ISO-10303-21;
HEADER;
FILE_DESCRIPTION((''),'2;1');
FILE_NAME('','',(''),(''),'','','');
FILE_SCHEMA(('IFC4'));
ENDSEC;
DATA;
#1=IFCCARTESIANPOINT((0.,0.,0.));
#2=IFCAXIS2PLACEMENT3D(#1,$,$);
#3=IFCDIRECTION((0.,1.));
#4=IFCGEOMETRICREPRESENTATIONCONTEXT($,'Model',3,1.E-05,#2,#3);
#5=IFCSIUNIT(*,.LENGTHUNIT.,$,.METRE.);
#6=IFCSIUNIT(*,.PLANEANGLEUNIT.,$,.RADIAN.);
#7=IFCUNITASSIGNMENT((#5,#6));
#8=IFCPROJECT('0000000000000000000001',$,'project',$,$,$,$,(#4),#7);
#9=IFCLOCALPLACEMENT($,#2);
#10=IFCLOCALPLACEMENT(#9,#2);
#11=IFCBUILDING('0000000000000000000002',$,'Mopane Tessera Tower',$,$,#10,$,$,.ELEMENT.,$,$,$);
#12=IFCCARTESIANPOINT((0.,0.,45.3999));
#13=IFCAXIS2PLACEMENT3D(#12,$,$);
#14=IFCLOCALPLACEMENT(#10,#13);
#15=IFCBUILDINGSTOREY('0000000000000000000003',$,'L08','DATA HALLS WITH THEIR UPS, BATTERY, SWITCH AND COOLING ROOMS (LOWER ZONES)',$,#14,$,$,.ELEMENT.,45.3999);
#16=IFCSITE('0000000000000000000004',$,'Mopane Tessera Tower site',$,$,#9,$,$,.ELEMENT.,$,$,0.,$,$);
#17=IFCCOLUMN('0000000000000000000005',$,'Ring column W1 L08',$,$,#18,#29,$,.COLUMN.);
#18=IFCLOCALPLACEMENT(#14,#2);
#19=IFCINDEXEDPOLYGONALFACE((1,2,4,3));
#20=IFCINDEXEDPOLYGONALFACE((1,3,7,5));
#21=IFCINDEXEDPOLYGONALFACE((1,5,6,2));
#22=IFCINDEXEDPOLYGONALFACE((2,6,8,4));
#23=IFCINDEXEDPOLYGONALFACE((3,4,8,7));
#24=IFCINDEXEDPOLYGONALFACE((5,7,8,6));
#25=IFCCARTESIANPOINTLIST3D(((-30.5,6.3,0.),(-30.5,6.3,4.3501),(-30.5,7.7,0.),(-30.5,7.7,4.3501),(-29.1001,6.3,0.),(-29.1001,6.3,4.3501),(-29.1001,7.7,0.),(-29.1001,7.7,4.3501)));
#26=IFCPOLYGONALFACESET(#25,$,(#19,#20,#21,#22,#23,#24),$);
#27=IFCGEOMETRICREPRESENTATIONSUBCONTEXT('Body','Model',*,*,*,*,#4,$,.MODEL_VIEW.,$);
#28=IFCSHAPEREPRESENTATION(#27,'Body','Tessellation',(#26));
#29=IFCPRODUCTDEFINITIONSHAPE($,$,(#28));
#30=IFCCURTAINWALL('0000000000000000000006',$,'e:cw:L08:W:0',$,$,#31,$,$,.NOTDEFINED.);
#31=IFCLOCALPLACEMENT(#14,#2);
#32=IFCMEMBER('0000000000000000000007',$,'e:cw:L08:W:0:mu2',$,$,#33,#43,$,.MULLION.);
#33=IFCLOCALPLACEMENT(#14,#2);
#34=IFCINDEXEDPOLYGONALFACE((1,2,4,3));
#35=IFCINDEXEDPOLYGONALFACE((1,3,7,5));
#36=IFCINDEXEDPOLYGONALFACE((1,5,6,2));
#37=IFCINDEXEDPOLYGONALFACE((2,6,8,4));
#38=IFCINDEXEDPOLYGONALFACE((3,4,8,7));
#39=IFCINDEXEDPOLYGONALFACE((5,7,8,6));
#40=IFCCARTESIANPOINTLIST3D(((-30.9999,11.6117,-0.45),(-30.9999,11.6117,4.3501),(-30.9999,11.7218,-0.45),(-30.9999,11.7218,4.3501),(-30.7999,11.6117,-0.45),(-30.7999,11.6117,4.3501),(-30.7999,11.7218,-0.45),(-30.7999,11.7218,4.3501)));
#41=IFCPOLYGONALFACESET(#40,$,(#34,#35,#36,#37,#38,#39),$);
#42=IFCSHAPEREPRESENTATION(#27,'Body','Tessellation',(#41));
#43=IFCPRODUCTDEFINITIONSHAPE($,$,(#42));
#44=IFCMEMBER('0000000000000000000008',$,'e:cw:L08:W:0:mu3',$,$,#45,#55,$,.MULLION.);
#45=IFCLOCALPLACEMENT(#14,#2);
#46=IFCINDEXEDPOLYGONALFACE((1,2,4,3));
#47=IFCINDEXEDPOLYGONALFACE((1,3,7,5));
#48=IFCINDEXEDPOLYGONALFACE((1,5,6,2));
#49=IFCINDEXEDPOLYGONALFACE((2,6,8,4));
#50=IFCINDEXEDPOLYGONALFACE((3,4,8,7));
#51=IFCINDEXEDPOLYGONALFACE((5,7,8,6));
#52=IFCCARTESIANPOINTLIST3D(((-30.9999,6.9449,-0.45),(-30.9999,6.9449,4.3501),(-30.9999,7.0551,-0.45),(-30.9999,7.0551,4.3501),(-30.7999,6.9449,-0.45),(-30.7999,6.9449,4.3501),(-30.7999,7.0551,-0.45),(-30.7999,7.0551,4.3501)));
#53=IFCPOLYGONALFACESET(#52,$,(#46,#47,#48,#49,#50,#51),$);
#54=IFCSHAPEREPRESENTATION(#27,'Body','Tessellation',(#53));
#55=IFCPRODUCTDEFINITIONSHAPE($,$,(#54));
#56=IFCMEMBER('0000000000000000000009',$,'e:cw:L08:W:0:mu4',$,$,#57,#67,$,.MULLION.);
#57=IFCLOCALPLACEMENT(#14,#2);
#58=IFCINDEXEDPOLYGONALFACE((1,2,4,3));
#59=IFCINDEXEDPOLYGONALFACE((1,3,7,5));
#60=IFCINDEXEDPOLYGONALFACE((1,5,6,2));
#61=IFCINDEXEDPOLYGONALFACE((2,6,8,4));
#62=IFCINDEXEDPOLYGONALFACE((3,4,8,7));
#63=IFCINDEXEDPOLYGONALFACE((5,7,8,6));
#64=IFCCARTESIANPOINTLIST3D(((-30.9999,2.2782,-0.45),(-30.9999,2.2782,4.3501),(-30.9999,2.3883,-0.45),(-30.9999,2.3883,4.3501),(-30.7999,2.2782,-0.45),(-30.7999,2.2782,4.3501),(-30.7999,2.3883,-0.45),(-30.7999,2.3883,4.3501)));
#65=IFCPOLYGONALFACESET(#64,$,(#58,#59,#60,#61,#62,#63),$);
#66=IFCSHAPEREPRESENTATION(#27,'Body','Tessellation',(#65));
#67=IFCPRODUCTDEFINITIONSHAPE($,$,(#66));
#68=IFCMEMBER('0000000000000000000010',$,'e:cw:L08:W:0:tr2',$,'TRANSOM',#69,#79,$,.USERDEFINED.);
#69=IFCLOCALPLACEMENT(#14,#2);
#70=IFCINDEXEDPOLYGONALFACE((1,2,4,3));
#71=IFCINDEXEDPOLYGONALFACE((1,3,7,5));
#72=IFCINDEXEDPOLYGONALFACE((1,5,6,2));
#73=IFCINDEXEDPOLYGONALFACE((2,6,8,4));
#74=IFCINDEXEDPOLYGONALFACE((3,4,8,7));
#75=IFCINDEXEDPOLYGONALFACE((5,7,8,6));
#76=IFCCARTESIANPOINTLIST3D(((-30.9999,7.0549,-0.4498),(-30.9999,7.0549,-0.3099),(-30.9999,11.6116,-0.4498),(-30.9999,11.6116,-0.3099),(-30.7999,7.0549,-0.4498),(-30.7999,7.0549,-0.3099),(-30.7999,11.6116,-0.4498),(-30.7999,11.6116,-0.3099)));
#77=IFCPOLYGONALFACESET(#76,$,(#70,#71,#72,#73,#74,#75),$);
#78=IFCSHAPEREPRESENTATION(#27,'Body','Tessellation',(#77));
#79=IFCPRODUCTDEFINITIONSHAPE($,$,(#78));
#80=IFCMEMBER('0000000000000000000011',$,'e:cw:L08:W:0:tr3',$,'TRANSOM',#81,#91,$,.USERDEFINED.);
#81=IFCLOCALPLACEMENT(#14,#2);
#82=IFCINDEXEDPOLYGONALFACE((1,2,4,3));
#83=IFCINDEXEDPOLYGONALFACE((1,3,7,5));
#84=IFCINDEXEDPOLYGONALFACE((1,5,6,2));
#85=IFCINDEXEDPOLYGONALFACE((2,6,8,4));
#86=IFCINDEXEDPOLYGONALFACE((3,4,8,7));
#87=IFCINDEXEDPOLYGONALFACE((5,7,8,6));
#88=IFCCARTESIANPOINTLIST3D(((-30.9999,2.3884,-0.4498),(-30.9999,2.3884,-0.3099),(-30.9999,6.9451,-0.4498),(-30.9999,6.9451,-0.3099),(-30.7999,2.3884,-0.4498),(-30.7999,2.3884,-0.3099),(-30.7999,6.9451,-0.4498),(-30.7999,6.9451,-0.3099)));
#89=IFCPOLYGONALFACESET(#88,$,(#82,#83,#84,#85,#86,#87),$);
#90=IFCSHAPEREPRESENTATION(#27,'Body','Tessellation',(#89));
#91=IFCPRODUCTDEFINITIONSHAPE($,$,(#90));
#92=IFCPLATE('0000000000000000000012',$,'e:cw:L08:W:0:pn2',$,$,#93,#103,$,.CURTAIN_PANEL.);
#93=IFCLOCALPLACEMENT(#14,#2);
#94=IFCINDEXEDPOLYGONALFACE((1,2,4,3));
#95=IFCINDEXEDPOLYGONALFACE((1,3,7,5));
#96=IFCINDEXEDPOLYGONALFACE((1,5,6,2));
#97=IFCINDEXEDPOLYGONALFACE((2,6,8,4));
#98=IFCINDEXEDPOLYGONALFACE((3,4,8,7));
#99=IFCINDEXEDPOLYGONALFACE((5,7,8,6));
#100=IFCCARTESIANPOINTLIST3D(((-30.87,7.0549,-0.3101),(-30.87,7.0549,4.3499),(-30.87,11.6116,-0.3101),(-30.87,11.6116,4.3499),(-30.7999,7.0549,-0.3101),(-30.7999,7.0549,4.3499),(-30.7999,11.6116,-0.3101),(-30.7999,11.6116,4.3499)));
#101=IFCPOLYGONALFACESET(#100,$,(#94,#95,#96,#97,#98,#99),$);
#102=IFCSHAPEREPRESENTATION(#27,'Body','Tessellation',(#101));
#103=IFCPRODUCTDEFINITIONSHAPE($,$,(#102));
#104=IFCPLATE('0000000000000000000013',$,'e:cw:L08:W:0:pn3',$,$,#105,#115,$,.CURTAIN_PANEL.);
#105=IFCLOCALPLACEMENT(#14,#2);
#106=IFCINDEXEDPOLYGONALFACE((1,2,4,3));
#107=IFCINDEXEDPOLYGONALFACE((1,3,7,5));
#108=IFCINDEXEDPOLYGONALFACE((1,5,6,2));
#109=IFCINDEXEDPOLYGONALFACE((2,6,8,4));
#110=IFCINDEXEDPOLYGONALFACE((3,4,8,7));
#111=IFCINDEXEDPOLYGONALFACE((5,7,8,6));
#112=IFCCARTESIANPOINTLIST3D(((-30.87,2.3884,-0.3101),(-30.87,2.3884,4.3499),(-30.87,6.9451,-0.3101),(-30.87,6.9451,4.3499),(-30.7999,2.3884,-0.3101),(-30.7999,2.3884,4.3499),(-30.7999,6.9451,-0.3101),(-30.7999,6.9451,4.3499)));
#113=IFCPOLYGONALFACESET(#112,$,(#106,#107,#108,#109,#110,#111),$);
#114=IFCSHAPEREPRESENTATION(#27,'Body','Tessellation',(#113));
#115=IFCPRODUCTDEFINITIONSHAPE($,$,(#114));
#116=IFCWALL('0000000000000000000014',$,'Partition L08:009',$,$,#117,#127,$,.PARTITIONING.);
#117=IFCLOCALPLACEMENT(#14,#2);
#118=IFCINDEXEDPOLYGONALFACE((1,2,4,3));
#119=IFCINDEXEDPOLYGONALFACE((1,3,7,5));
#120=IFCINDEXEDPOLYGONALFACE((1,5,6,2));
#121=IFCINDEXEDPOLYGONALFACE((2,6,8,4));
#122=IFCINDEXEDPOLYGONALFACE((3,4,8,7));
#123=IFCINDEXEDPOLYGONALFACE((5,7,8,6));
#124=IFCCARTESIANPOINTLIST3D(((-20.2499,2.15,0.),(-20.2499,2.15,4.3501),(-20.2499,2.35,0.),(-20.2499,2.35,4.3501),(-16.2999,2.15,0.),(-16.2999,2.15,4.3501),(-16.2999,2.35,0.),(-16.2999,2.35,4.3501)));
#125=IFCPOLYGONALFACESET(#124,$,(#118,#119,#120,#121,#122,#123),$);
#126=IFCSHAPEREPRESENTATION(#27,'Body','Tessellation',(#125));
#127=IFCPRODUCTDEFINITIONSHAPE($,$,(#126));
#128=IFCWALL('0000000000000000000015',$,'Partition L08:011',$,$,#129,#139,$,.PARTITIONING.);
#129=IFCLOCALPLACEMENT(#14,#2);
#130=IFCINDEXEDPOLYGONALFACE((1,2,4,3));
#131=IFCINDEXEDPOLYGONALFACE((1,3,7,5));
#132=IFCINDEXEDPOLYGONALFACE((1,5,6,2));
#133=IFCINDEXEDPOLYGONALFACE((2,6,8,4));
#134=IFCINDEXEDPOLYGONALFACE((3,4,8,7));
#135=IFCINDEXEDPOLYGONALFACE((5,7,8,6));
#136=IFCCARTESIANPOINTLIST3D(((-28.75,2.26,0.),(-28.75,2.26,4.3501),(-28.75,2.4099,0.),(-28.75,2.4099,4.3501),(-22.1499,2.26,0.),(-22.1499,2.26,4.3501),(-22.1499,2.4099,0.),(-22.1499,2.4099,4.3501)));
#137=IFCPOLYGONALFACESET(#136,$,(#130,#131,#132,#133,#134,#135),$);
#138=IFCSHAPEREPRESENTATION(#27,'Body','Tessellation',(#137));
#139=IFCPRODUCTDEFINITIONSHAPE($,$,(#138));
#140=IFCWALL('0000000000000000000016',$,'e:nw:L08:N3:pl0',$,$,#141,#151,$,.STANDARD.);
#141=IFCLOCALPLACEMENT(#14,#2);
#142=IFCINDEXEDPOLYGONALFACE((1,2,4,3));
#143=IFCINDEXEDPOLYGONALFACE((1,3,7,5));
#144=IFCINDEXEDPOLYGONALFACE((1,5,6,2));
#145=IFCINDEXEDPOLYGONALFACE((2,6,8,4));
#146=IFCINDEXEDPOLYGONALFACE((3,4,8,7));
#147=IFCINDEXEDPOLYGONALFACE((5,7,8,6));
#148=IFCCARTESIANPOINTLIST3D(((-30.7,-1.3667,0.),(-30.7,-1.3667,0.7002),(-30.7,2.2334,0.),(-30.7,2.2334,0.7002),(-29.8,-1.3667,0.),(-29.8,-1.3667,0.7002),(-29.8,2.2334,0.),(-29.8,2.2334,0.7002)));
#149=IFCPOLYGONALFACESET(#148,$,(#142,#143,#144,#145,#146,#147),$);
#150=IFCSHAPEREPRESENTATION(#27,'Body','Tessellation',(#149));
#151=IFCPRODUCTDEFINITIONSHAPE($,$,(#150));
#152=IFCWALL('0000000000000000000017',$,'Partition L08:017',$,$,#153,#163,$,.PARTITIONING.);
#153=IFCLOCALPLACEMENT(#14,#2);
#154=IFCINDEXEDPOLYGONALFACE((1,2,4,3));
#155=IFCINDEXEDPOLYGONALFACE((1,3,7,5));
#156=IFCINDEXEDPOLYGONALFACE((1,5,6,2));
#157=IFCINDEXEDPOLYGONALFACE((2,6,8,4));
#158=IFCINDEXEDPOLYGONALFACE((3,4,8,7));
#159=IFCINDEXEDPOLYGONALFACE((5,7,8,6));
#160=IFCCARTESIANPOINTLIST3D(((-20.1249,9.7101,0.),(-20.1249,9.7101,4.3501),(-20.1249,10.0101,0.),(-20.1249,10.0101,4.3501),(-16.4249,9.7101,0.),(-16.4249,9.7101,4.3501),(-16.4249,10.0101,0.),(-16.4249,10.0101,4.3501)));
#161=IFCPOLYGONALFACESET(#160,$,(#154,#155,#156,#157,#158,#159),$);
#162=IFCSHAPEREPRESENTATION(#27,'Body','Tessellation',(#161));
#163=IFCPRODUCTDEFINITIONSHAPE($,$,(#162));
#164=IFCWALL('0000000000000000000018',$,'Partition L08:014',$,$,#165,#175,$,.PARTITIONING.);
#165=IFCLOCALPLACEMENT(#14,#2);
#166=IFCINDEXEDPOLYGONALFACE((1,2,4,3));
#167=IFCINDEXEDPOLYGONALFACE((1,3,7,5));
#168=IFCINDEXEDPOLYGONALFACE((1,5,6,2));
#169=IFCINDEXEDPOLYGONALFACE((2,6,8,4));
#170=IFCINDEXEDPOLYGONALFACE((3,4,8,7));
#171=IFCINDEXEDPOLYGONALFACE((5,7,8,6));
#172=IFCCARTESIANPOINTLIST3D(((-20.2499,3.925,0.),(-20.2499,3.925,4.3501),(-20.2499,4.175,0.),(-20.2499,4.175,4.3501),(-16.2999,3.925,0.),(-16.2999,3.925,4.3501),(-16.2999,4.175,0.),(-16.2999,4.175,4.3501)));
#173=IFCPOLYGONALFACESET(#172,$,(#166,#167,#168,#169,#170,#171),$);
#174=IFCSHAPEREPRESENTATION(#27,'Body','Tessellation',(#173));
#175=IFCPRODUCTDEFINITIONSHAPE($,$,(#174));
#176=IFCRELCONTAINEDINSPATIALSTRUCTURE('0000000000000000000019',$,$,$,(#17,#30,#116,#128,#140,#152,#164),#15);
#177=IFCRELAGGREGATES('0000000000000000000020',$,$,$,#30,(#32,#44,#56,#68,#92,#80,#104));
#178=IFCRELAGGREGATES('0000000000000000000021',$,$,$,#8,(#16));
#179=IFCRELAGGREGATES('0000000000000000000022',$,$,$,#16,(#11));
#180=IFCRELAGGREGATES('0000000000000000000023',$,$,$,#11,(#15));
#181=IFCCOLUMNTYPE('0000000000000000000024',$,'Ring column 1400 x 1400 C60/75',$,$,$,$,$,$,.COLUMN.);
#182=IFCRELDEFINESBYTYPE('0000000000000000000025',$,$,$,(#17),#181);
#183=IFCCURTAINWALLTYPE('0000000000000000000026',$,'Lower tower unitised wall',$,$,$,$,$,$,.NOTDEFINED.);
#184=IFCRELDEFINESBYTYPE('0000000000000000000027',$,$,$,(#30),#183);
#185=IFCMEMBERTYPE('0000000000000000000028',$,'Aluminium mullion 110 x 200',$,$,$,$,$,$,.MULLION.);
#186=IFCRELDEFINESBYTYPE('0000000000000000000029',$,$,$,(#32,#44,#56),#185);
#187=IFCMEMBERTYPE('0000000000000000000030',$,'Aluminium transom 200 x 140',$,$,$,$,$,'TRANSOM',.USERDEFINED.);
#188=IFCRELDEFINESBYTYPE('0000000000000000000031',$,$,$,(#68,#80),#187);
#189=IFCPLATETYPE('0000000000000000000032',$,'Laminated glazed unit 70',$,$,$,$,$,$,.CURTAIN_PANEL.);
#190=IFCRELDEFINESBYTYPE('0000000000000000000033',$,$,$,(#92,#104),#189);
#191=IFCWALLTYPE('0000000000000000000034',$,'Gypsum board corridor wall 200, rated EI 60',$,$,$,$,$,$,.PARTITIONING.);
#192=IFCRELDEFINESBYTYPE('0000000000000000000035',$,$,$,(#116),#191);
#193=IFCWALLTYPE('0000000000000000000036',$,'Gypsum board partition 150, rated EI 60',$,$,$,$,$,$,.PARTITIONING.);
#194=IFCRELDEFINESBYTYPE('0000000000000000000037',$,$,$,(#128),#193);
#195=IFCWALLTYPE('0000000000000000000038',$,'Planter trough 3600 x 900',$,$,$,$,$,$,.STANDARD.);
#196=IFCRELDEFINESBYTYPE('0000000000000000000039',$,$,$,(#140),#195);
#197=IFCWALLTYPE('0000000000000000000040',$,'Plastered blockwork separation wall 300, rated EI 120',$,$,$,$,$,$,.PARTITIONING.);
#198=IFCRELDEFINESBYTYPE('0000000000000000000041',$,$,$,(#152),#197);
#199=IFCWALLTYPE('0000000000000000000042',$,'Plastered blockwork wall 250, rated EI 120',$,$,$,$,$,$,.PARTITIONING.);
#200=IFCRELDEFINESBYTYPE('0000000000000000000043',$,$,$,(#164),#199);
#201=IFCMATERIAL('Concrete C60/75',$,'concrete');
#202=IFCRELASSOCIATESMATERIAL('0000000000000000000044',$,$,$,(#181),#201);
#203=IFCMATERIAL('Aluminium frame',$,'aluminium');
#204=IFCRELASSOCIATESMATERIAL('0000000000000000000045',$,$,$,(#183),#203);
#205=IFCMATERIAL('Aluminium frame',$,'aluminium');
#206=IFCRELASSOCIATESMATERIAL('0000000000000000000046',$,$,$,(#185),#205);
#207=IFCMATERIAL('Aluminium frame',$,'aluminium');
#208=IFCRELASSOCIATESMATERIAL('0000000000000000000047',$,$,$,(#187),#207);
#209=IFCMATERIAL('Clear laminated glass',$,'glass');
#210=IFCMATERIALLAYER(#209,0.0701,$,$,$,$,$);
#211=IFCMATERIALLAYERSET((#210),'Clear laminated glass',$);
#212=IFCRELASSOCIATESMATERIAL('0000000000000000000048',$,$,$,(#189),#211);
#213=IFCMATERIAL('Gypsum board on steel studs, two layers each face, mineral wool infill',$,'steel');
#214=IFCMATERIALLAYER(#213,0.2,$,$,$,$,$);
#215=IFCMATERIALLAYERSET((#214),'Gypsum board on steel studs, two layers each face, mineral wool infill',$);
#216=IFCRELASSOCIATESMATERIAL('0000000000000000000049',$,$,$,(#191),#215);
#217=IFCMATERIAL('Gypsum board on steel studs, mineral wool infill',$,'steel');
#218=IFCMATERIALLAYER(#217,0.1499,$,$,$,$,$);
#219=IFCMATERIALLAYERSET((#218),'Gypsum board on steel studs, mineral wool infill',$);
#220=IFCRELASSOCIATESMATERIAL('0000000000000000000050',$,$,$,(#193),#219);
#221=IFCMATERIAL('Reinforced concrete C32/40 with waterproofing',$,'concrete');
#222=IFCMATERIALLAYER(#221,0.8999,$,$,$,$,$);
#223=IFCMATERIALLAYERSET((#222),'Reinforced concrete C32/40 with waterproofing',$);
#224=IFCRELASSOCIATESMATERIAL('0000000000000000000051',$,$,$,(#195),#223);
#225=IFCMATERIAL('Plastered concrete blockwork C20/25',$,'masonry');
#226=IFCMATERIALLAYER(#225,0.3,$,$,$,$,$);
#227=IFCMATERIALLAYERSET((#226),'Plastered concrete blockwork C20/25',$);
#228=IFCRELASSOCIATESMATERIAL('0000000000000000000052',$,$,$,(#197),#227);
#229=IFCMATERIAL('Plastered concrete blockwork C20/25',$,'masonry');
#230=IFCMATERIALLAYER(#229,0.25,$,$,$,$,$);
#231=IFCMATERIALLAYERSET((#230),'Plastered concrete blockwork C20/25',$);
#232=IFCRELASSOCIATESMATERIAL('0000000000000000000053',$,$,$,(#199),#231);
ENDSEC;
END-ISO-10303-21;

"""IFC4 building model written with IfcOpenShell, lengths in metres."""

from ifc_helpers import new_model, si_unit, direction, frame, frame_2d, origin, origin_2d, place, context, subcontext, project, spatial, rectangle, extrude, material, layer, layer_set, material_profile, profile_set, type_object, element, aggregate, save


model = new_model("IFC4")

# Units and contexts
model_context = context("Model", 3, precision=1e-05, world=origin(), true_north=direction((0.0, 1.0)))
body_context = subcontext(model_context, "Body", "Model", "MODEL_VIEW")
ifc_project = project(units=[si_unit("LENGTHUNIT", "METRE"), si_unit("PLANEANGLEUNIT", "RADIAN")], contexts=[model_context])

# Site, building, storey
site_placement = place(None, origin())
site = spatial("IfcSite", under=ifc_project, at=site_placement, Name="Mopane Tessera Tower site", CompositionType="ELEMENT", RefElevation=0.0)
building_placement = place(site_placement, origin())
building = spatial("IfcBuilding", under=site, at=building_placement, Name="Mopane Tessera Tower", CompositionType="ELEMENT")
storey_placement = place(building_placement, frame((0.0, 0.0, 45.3999)))
storey = spatial("IfcBuildingStorey", under=building, at=storey_placement, Name="L08", Description="DATA HALLS WITH THEIR UPS, BATTERY, SWITCH AND COOLING ROOMS (LOWER ZONES)", CompositionType="ELEMENT", Elevation=45.3999)

# Column
ifc_material_1 = material(Name="Concrete C60/75", Category="concrete")
ifc_material_profile_1 = material_profile(ifc_material_1, rectangle(XDim=1.3999, YDim=1.3999, at=origin_2d()))
ifc_profile_set_1 = profile_set([ifc_material_profile_1], Name="Concrete C60/75")
column_type = type_object("IfcColumnType", Name="Ring column 1400 x 1400 C60/75", PredefinedType="COLUMN", material=ifc_profile_set_1)
column_placement = place(storey_placement, frame((-29.8, 7.0, 0.0), z_axis=(0.0, 0.0, 1.0), x_axis=(1.0, 0.0, 0.0)))
element("IfcColumn", 1, at=column_placement, inside=storey, type_object=column_type, Name="Ring column W1 L08", PredefinedType="COLUMN", context=body_context, shape_type="SweptSolid", body=[
    extrude(rectangle(XDim=1.3999, YDim=1.3999, at=origin_2d()), origin(), (0.0, 0.0, 1.0), 4.3501),
])

# Curtain wall, members, plates
ifc_material_2 = material(Name="Aluminium frame", Category="aluminium")
curtain_wall_type = type_object("IfcCurtainWallType", Name="Lower tower unitised wall", PredefinedType="NOTDEFINED", material=ifc_material_2)
curtain_wall_placement = place(storey_placement, origin())
curtain_wall = element("IfcCurtainWall", 2, at=curtain_wall_placement, inside=storey, type_object=curtain_wall_type, Name="e:cw:L08:W:0", PredefinedType="NOTDEFINED")
ifc_material_3 = material(Name="Aluminium frame", Category="aluminium")
ifc_material_profile_2 = material_profile(ifc_material_3, rectangle(XDim=0.1101, YDim=0.2, at=origin_2d()))
ifc_profile_set_2 = profile_set([ifc_material_profile_2], Name="Aluminium frame")
member_type_1 = type_object("IfcMemberType", Name="Aluminium mullion 110 x 200", PredefinedType="MULLION", material=ifc_profile_set_2)
member_1_placement = place(storey_placement, frame((-30.8999, 11.6667, -0.45), z_axis=(0.0, 0.0, 1.0), x_axis=(0.0, -1.0, 0.0)))
member_1 = element("IfcMember", 3, at=member_1_placement, type_object=member_type_1, Name="e:cw:L08:W:0:mu2", PredefinedType="MULLION", context=body_context, shape_type="SweptSolid", body=[
    extrude(rectangle(XDim=0.1101, YDim=0.2, at=origin_2d()), origin(), (0.0, 0.0, 1.0), 4.8),
])
member_2_placement = place(storey_placement, frame((-30.8999, 7.0, -0.45), z_axis=(0.0, 0.0, 1.0), x_axis=(0.0, -1.0, 0.0)))
member_2 = element("IfcMember", 4, at=member_2_placement, type_object=member_type_1, Name="e:cw:L08:W:0:mu3", PredefinedType="MULLION", context=body_context, shape_type="SweptSolid", body=[
    extrude(rectangle(XDim=0.1101, YDim=0.2, at=origin_2d()), origin(), (0.0, 0.0, 1.0), 4.8),
])
member_3_placement = place(storey_placement, frame((-30.8999, 2.3333, -0.45), z_axis=(0.0, 0.0, 1.0), x_axis=(0.0, -1.0, 0.0)))
member_3 = element("IfcMember", 5, at=member_3_placement, type_object=member_type_1, Name="e:cw:L08:W:0:mu4", PredefinedType="MULLION", context=body_context, shape_type="SweptSolid", body=[
    extrude(rectangle(XDim=0.1101, YDim=0.2, at=origin_2d()), origin(), (0.0, 0.0, 1.0), 4.8),
])
ifc_material_4 = material(Name="Aluminium frame", Category="aluminium")
ifc_material_profile_3 = material_profile(ifc_material_4, rectangle(XDim=0.2, YDim=0.1399, at=origin_2d()))
ifc_profile_set_3 = profile_set([ifc_material_profile_3], Name="Aluminium frame")
member_type_2 = type_object("IfcMemberType", Name="Aluminium transom 200 x 140", ElementType="TRANSOM", PredefinedType="USERDEFINED", material=ifc_profile_set_3)
member_4_placement = place(storey_placement, frame((-30.8999, 11.6116, -0.3799), z_axis=(0.0, -1.0, 0.0), x_axis=(1.0, 0.0, 0.0)))
member_4 = element("IfcMember", 6, at=member_4_placement, type_object=member_type_2, Name="e:cw:L08:W:0:tr2", ObjectType="TRANSOM", PredefinedType="USERDEFINED", context=body_context, shape_type="SweptSolid", body=[
    extrude(rectangle(XDim=0.2, YDim=0.1399, at=origin_2d()), origin(), (0.0, 0.0, 1.0), 4.5566),
])
member_5_placement = place(storey_placement, frame((-30.8999, 6.9451, -0.3799), z_axis=(0.0, -1.0, 0.0), x_axis=(1.0, 0.0, 0.0)))
member_5 = element("IfcMember", 7, at=member_5_placement, type_object=member_type_2, Name="e:cw:L08:W:0:tr3", ObjectType="TRANSOM", PredefinedType="USERDEFINED", context=body_context, shape_type="SweptSolid", body=[
    extrude(rectangle(XDim=0.2, YDim=0.1399, at=origin_2d()), origin(), (0.0, 0.0, 1.0), 4.5566),
])
ifc_material_5 = material(Name="Clear laminated glass", Category="glass")
ifc_layer_1 = layer(ifc_material_5, 0.0701)
ifc_layer_set_1 = layer_set([ifc_layer_1], Name="Clear laminated glass")
plate_type = type_object("IfcPlateType", Name="Laminated glazed unit 70", PredefinedType="CURTAIN_PANEL", material=ifc_layer_set_1)
plate_1_placement = place(storey_placement, frame((-30.835, 9.3333, -0.3101), z_axis=(0.0, 0.0, 1.0), x_axis=(0.0, -1.0, 0.0)))
plate_1 = element("IfcPlate", 8, at=plate_1_placement, type_object=plate_type, Name="e:cw:L08:W:0:pn2", PredefinedType="CURTAIN_PANEL", context=body_context, shape_type="SweptSolid", body=[
    extrude(rectangle(XDim=4.5566, YDim=0.0701, at=origin_2d()), origin(), (0.0, 0.0, 1.0), 4.6599),
])
plate_2_placement = place(storey_placement, frame((-30.835, 4.6667, -0.3101), z_axis=(0.0, 0.0, 1.0), x_axis=(0.0, -1.0, 0.0)))
plate_2 = element("IfcPlate", 9, at=plate_2_placement, type_object=plate_type, Name="e:cw:L08:W:0:pn3", PredefinedType="CURTAIN_PANEL", context=body_context, shape_type="SweptSolid", body=[
    extrude(rectangle(XDim=4.5566, YDim=0.0701, at=origin_2d()), origin(), (0.0, 0.0, 1.0), 4.6599),
])
aggregate(curtain_wall, [member_1, member_2, member_3, member_4, plate_1, member_5, plate_2])

# Walls
ifc_material_6 = material(Name="Gypsum board on steel studs, two layers each face, mineral wool infill", Category="steel")
ifc_layer_2 = layer(ifc_material_6, 0.2)
ifc_layer_set_2 = layer_set([ifc_layer_2], Name="Gypsum board on steel studs, two layers each face, mineral wool infill")
wall_type_1 = type_object("IfcWallType", Name="Gypsum board corridor wall 200, rated EI 60", PredefinedType="PARTITIONING", material=ifc_layer_set_2)
wall_1_placement = place(storey_placement, frame((-20.25, 2.25, 0.0), z_axis=(0.0, 0.0, 1.0), x_axis=(1.0, 0.0, 0.0)))
element("IfcWall", 10, at=wall_1_placement, inside=storey, type_object=wall_type_1, Name="Partition L08:009", PredefinedType="PARTITIONING", context=body_context, shape_type="SweptSolid", body=[
    extrude(rectangle(XDim=3.95, YDim=0.2, at=frame_2d((1.9751, 0.0))), origin(), (0.0, 0.0, 1.0), 4.3501),
])
ifc_material_7 = material(Name="Gypsum board on steel studs, mineral wool infill", Category="steel")
ifc_layer_3 = layer(ifc_material_7, 0.1499)
ifc_layer_set_3 = layer_set([ifc_layer_3], Name="Gypsum board on steel studs, mineral wool infill")
wall_type_2 = type_object("IfcWallType", Name="Gypsum board partition 150, rated EI 60", PredefinedType="PARTITIONING", material=ifc_layer_set_3)
wall_2_placement = place(storey_placement, frame((-28.75, 2.335, 0.0), z_axis=(0.0, 0.0, 1.0), x_axis=(1.0, 0.0, 0.0)))
element("IfcWall", 11, at=wall_2_placement, inside=storey, type_object=wall_type_2, Name="Partition L08:011", PredefinedType="PARTITIONING", context=body_context, shape_type="SweptSolid", body=[
    extrude(rectangle(XDim=6.6001, YDim=0.1499, at=frame_2d((3.3, 0.0))), origin(), (0.0, 0.0, 1.0), 4.3501),
])
ifc_material_8 = material(Name="Reinforced concrete C32/40 with waterproofing", Category="concrete")
ifc_layer_4 = layer(ifc_material_8, 0.8999)
ifc_layer_set_4 = layer_set([ifc_layer_4], Name="Reinforced concrete C32/40 with waterproofing")
wall_type_3 = type_object("IfcWallType", Name="Planter trough 3600 x 900", PredefinedType="STANDARD", material=ifc_layer_set_4)
wall_3_placement = place(storey_placement, frame((-30.25, 2.2334, 0.0), z_axis=(0.0, 0.0, 1.0), x_axis=(0.0, -1.0, 0.0)))
element("IfcWall", 12, at=wall_3_placement, inside=storey, type_object=wall_type_3, Name="e:nw:L08:N3:pl0", PredefinedType="STANDARD", context=body_context, shape_type="SweptSolid", body=[
    extrude(rectangle(XDim=3.6001, YDim=0.8999, at=frame_2d((1.8, 0.0))), origin(), (0.0, 0.0, 1.0), 0.7002),
])
ifc_material_9 = material(Name="Plastered concrete blockwork C20/25", Category="masonry")
ifc_layer_5 = layer(ifc_material_9, 0.3)
ifc_layer_set_5 = layer_set([ifc_layer_5], Name="Plastered concrete blockwork C20/25")
wall_type_4 = type_object("IfcWallType", Name="Plastered blockwork separation wall 300, rated EI 120", PredefinedType="PARTITIONING", material=ifc_layer_set_5)
wall_4_placement = place(storey_placement, frame((-20.125, 9.8601, 0.0), z_axis=(0.0, 0.0, 1.0), x_axis=(1.0, 0.0, 0.0)))
element("IfcWall", 13, at=wall_4_placement, inside=storey, type_object=wall_type_4, Name="Partition L08:017", PredefinedType="PARTITIONING", context=body_context, shape_type="SweptSolid", body=[
    extrude(rectangle(XDim=3.7, YDim=0.3, at=frame_2d((1.8501, 0.0))), origin(), (0.0, 0.0, 1.0), 4.3501),
])
ifc_material_10 = material(Name="Plastered concrete blockwork C20/25", Category="masonry")
ifc_layer_6 = layer(ifc_material_10, 0.25)
ifc_layer_set_6 = layer_set([ifc_layer_6], Name="Plastered concrete blockwork C20/25")
wall_type_5 = type_object("IfcWallType", Name="Plastered blockwork wall 250, rated EI 120", PredefinedType="PARTITIONING", material=ifc_layer_set_6)
wall_5_placement = place(storey_placement, frame((-20.25, 4.05, 0.0), z_axis=(0.0, 0.0, 1.0), x_axis=(1.0, 0.0, 0.0)))
element("IfcWall", 14, at=wall_5_placement, inside=storey, type_object=wall_type_5, Name="Partition L08:014", PredefinedType="PARTITIONING", context=body_context, shape_type="SweptSolid", body=[
    extrude(rectangle(XDim=3.95, YDim=0.25, at=frame_2d((1.9751, 0.0))), origin(), (0.0, 0.0, 1.0), 4.3501),
])

save(model, "model.ifc")
